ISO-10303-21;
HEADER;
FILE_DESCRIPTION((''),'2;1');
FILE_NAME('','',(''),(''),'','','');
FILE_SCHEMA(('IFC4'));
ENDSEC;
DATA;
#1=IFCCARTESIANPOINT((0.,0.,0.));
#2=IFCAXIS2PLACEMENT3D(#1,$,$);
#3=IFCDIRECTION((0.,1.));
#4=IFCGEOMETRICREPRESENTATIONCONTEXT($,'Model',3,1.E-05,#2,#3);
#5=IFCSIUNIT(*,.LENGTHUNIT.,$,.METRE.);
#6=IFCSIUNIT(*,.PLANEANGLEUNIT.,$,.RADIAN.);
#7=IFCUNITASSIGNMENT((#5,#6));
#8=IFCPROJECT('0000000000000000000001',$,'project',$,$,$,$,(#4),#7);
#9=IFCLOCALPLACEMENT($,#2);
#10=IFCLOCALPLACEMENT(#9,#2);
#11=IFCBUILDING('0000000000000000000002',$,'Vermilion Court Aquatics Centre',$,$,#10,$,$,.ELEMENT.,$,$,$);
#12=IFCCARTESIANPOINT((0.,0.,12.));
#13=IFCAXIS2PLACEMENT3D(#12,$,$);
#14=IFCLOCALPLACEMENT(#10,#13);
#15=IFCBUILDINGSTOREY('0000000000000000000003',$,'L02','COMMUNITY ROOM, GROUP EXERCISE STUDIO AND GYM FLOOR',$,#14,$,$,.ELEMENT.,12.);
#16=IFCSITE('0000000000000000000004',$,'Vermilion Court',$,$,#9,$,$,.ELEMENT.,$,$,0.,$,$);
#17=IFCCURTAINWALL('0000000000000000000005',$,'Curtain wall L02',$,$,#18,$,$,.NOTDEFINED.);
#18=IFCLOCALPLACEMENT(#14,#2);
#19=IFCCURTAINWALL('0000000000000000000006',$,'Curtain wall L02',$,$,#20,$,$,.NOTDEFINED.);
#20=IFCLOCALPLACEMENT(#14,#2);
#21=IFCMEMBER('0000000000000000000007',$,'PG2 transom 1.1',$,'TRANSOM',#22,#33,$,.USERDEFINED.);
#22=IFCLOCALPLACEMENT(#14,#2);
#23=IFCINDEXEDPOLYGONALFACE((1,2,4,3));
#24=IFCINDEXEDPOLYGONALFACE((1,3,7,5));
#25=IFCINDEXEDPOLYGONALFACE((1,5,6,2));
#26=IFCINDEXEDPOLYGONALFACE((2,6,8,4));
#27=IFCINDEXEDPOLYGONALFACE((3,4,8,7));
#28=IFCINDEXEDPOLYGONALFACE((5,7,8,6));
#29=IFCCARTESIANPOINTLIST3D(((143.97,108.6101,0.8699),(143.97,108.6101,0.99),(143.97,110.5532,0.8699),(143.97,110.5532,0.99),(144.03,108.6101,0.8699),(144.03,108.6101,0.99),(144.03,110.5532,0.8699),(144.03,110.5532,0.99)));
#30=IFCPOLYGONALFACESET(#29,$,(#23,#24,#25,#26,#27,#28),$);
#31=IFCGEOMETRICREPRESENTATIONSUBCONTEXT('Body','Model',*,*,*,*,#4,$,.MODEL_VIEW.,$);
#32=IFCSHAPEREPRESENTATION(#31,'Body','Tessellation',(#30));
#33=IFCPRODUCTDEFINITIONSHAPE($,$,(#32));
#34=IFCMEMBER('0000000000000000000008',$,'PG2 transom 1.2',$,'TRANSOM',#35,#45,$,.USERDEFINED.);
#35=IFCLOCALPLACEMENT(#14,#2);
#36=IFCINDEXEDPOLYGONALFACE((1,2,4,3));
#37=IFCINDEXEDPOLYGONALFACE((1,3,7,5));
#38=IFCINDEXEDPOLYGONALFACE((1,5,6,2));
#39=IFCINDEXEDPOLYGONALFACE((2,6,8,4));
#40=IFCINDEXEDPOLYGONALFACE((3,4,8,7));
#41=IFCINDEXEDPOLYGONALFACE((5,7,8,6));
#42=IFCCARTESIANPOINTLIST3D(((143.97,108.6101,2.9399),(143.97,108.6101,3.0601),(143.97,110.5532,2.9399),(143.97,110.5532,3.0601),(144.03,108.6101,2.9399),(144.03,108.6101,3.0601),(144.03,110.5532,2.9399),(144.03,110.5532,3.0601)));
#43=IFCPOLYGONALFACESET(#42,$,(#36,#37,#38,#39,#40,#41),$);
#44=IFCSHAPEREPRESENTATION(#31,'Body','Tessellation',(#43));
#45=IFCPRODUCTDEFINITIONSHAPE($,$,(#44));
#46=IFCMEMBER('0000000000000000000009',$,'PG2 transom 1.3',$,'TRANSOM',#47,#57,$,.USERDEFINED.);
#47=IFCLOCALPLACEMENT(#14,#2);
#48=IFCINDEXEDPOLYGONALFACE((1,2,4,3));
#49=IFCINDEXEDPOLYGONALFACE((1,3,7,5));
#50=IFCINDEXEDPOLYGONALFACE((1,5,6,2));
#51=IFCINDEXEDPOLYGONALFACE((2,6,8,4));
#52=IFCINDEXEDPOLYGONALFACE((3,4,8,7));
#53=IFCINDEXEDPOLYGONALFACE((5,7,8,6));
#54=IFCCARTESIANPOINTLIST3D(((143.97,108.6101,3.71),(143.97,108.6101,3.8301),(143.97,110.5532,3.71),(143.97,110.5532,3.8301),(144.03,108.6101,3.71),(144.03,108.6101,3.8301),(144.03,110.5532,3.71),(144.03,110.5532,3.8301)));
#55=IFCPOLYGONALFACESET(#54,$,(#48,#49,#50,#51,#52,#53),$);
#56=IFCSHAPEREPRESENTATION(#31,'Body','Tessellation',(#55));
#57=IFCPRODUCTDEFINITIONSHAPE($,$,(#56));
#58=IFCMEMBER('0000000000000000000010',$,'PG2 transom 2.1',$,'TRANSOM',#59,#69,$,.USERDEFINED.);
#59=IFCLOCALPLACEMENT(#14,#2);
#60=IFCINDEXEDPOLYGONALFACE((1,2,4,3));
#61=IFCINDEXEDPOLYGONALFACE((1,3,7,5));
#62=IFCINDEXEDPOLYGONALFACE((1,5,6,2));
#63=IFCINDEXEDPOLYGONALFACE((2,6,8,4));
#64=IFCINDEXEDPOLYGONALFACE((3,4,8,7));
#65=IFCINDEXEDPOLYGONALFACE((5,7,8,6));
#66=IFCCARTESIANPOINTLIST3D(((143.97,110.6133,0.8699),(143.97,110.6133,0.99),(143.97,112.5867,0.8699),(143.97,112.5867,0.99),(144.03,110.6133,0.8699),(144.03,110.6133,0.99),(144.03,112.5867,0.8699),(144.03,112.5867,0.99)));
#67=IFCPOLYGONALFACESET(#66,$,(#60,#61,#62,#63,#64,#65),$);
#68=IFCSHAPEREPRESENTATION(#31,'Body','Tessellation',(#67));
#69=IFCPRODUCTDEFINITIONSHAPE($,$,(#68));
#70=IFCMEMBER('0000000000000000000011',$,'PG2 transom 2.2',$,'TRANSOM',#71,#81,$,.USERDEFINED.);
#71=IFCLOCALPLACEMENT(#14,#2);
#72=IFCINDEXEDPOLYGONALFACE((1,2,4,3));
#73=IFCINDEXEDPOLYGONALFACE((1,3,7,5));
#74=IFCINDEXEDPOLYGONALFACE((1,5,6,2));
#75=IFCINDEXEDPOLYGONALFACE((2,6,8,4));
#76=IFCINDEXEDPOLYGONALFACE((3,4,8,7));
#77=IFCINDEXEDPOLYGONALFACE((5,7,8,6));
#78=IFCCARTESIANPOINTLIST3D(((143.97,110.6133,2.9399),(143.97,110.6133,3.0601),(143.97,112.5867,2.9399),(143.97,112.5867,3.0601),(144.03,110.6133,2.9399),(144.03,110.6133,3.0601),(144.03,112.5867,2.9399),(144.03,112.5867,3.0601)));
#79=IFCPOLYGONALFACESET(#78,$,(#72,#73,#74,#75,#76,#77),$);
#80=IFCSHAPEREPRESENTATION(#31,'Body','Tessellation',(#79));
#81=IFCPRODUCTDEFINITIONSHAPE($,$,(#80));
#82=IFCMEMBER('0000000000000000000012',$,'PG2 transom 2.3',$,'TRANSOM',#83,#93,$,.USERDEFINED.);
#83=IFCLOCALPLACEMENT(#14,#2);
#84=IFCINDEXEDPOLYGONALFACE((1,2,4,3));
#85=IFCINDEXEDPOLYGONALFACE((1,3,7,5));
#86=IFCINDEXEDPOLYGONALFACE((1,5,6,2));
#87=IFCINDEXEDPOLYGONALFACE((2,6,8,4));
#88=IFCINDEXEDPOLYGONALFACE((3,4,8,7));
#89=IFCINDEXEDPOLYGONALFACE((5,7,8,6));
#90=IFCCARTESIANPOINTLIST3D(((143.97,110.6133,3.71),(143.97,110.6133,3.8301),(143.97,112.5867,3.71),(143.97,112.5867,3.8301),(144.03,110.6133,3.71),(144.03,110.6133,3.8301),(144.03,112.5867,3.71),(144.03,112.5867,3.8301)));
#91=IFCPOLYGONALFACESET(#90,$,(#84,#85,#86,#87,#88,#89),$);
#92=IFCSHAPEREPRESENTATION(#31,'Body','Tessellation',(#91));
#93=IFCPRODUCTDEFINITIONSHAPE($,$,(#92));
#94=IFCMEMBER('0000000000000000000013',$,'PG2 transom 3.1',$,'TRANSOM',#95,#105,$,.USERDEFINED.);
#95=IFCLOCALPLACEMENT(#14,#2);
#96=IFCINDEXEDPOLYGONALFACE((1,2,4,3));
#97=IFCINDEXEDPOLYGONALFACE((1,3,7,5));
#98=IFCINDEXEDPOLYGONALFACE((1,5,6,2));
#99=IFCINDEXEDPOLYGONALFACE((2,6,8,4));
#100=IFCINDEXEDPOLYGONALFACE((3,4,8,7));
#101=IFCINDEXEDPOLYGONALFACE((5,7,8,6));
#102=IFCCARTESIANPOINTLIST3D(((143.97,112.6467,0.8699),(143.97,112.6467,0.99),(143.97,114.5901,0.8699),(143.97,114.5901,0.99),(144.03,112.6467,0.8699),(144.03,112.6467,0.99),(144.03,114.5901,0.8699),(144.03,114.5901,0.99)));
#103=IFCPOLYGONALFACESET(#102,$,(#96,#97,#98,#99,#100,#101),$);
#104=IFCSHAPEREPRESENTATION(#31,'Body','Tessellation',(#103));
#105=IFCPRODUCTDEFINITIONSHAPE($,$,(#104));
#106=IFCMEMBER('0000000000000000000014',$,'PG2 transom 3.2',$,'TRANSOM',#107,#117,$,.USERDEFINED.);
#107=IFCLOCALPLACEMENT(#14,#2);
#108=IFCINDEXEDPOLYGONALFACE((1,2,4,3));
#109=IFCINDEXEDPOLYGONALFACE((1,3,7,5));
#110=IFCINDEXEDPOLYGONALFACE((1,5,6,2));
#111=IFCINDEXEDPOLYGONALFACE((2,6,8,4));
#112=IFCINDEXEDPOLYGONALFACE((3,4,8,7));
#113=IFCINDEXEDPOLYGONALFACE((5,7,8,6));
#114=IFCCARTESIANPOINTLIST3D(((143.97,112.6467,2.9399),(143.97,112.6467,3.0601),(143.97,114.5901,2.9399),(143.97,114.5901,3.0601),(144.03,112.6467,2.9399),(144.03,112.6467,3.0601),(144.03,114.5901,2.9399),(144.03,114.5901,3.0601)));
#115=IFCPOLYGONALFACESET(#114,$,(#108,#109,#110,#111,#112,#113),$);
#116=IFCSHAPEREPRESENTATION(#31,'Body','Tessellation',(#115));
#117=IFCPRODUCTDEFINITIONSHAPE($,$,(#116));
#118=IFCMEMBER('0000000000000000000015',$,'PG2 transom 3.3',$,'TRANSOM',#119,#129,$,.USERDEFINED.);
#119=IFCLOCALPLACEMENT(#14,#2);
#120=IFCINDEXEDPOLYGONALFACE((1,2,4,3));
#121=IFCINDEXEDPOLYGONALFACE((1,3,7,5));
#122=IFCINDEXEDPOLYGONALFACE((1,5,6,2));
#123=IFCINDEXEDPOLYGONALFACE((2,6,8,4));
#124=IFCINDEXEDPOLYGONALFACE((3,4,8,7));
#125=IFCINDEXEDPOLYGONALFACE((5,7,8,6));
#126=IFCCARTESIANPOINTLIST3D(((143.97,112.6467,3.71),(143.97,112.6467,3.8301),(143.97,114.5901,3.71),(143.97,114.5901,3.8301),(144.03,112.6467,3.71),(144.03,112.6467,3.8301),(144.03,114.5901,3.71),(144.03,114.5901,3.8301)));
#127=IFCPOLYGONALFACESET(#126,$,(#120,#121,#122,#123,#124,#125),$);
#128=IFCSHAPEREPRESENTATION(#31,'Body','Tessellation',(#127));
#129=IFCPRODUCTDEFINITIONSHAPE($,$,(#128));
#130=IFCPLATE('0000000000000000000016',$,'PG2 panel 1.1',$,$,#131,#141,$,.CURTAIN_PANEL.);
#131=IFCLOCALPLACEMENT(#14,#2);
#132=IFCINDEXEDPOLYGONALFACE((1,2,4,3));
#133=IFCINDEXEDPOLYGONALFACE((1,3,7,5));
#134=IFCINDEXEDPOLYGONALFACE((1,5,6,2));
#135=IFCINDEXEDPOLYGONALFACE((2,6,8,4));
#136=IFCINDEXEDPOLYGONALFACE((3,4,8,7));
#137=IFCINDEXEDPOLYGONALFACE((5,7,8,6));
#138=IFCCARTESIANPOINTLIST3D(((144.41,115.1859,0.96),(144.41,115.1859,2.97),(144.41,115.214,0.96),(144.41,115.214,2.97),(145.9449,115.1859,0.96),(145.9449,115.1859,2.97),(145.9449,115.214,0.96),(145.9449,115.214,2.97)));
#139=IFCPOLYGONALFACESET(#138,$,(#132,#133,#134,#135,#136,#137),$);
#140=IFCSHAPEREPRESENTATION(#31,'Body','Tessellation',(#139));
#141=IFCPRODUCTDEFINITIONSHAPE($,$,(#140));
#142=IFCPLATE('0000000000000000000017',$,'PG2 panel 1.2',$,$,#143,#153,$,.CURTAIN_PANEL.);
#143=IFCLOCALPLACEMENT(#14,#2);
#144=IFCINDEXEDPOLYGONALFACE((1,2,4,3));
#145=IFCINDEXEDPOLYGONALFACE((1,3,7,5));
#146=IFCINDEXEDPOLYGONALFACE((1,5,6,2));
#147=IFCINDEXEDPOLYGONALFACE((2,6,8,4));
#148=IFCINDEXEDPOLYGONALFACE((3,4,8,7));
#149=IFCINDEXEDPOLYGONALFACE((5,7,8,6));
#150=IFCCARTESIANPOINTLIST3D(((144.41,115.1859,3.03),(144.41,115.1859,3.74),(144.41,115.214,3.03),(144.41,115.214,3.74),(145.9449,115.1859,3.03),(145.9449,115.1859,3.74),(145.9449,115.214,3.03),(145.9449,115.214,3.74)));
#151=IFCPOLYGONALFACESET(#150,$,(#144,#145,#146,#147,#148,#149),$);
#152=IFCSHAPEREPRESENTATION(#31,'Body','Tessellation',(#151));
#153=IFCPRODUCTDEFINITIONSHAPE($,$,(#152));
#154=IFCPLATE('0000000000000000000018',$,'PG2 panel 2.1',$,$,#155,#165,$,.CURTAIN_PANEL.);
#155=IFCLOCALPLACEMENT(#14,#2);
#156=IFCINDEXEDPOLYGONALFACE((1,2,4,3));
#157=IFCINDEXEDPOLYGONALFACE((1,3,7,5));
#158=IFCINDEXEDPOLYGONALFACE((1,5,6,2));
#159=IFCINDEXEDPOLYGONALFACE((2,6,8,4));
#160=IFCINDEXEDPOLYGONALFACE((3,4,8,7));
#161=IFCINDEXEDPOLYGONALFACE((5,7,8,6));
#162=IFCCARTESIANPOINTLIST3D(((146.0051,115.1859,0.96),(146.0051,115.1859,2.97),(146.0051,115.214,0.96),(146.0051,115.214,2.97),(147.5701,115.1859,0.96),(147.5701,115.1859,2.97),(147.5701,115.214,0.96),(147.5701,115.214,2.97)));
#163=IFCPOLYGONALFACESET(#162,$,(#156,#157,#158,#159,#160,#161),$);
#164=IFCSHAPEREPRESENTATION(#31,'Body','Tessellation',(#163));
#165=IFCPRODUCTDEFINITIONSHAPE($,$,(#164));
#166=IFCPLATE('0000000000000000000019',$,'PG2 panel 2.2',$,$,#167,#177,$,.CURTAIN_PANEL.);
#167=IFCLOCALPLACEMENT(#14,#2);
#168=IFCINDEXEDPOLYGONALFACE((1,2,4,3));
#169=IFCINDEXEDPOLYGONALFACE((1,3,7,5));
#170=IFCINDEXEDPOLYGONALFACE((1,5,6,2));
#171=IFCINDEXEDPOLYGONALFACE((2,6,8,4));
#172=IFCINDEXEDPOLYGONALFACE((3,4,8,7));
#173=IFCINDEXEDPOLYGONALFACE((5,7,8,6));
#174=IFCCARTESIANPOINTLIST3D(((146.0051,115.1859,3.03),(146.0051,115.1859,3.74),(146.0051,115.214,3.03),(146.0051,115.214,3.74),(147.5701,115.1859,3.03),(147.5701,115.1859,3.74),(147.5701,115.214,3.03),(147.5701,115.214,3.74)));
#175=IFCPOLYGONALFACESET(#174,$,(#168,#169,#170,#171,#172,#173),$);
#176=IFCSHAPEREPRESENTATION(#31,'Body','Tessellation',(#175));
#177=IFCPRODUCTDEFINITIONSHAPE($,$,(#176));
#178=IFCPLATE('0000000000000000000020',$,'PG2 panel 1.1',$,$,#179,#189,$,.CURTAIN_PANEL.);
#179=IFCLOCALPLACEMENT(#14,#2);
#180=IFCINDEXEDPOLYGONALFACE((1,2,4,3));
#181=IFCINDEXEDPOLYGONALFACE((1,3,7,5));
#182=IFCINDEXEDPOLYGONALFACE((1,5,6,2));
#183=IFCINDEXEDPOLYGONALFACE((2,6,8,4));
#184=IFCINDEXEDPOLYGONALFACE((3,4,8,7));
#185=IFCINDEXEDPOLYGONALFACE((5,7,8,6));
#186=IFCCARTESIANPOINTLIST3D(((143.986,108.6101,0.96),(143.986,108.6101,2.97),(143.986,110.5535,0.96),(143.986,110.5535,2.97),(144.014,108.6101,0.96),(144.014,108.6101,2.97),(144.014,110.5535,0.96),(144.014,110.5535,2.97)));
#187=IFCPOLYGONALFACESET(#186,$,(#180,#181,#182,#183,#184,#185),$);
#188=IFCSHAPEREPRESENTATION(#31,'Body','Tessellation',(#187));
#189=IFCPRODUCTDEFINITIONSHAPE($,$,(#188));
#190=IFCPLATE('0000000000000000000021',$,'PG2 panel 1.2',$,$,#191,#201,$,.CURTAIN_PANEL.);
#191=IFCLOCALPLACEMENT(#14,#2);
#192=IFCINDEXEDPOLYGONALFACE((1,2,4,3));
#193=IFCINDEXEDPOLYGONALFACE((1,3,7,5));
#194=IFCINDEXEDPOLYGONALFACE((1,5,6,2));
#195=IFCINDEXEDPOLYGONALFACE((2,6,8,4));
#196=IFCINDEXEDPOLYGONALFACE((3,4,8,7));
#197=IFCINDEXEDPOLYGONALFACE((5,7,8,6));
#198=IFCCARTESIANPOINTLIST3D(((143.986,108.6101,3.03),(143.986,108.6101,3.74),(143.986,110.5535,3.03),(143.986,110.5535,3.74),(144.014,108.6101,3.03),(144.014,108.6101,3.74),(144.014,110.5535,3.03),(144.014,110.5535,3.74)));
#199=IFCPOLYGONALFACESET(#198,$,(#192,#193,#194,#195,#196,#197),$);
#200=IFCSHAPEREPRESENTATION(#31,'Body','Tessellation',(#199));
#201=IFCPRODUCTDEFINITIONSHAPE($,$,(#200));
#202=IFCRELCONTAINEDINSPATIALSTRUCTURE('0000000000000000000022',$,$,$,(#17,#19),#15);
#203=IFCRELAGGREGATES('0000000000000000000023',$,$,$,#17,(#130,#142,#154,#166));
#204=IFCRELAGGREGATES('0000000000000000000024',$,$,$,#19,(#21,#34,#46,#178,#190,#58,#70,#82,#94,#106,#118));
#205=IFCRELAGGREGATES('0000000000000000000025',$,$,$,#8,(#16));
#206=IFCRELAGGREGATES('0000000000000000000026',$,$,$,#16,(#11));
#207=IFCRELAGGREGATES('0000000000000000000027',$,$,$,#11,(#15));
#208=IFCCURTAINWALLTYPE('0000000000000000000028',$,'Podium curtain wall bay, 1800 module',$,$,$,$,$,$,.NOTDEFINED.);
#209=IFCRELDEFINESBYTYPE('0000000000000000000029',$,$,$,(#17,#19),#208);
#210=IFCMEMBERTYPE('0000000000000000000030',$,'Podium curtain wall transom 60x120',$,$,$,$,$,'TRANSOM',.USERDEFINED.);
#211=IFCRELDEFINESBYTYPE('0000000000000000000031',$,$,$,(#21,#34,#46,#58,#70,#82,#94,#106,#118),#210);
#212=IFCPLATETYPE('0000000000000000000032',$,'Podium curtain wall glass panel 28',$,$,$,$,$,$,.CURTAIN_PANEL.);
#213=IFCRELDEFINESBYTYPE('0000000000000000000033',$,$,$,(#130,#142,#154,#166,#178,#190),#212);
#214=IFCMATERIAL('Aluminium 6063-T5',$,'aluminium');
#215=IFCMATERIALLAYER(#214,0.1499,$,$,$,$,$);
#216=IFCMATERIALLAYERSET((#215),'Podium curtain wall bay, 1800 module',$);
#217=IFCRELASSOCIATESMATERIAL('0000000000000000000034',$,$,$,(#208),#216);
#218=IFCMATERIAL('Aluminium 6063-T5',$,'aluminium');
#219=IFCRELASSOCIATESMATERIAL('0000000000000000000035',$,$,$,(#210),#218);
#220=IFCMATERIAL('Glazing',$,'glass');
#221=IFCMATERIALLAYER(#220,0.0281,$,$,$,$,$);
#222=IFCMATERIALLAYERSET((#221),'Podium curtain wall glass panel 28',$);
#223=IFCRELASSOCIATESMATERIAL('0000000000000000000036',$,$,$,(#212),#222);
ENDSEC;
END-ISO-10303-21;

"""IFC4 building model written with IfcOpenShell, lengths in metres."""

from ifc_helpers import new_model, si_unit, direction, frame, origin, origin_2d, place, context, subcontext, project, spatial, rectangle, extrude, material, layer, layer_set, material_profile, profile_set, type_object, element, aggregate, save


model = new_model("IFC4")

# Units and contexts
model_context = context("Model", 3, precision=1e-05, world=origin(), true_north=direction((0.0, 1.0)))
body_context = subcontext(model_context, "Body", "Model", "MODEL_VIEW")
ifc_project = project(units=[si_unit("LENGTHUNIT", "METRE"), si_unit("PLANEANGLEUNIT", "RADIAN")], contexts=[model_context])

# Site, building, storey
site_placement = place(None, origin())
site = spatial("IfcSite", under=ifc_project, at=site_placement, Name="Vermilion Court", CompositionType="ELEMENT", RefElevation=0.0)
building_placement = place(site_placement, origin())
building = spatial("IfcBuilding", under=site, at=building_placement, Name="Vermilion Court Aquatics Centre", CompositionType="ELEMENT")
storey_placement = place(building_placement, frame((0.0, 0.0, 12.0)))
storey = spatial("IfcBuildingStorey", under=building, at=storey_placement, Name="L02", Description="COMMUNITY ROOM, GROUP EXERCISE STUDIO AND GYM FLOOR", CompositionType="ELEMENT", Elevation=12.0)

# Curtain walls
ifc_material_1 = material(Name="Aluminium 6063-T5", Category="aluminium")
ifc_layer_1 = layer(ifc_material_1, 0.1499)
ifc_layer_set_1 = layer_set([ifc_layer_1], Name="Podium curtain wall bay, 1800 module")
curtain_wall_type = type_object("IfcCurtainWallType", Name="Podium curtain wall bay, 1800 module", PredefinedType="NOTDEFINED", material=ifc_layer_set_1)
curtain_wall_1_placement = place(storey_placement, origin())
curtain_wall_1 = element("IfcCurtainWall", 1, at=curtain_wall_1_placement, inside=storey, type_object=curtain_wall_type, Name="Curtain wall L02", PredefinedType="NOTDEFINED")
curtain_wall_2_placement = place(storey_placement, origin())
curtain_wall_2 = element("IfcCurtainWall", 2, at=curtain_wall_2_placement, inside=storey, type_object=curtain_wall_type, Name="Curtain wall L02", PredefinedType="NOTDEFINED")

# Members
ifc_material_2 = material(Name="Aluminium 6063-T5", Category="aluminium")
ifc_material_profile_1 = material_profile(ifc_material_2, rectangle(XDim=0.0601, YDim=0.1201, at=origin_2d()), Name="Transom 60x120")
ifc_profile_set_1 = profile_set([ifc_material_profile_1], Name="Aluminium 6063-T5")
member_type_1 = type_object("IfcMemberType", Name="Podium curtain wall transom 60x120", ElementType="TRANSOM", PredefinedType="USERDEFINED", material=ifc_profile_set_1)
member_1_placement = place(storey_placement, frame((144.0, 108.6101, 0.9299), z_axis=(0.0, 1.0, 0.0), x_axis=(-1.0, 0.0, 0.0)))
member_1 = element("IfcMember", 3, at=member_1_placement, type_object=member_type_1, Name="PG2 transom 1.1", ObjectType="TRANSOM", PredefinedType="USERDEFINED", context=body_context, shape_type="SweptSolid", body=[
    extrude(rectangle(XDim=0.0601, YDim=0.1201, at=origin_2d()), origin(), (0.0, 0.0, 1.0), 1.9431),
])
member_2_placement = place(storey_placement, frame((144.0, 108.6101, 3.0), z_axis=(0.0, 1.0, 0.0), x_axis=(-1.0, 0.0, 0.0)))
member_2 = element("IfcMember", 4, at=member_2_placement, type_object=member_type_1, Name="PG2 transom 1.2", ObjectType="TRANSOM", PredefinedType="USERDEFINED", context=body_context, shape_type="SweptSolid", body=[
    extrude(rectangle(XDim=0.0601, YDim=0.1201, at=origin_2d()), origin(), (0.0, 0.0, 1.0), 1.9431),
])
member_3_placement = place(storey_placement, frame((144.0, 108.6101, 3.77), z_axis=(0.0, 1.0, 0.0), x_axis=(-1.0, 0.0, 0.0)))
member_3 = element("IfcMember", 5, at=member_3_placement, type_object=member_type_1, Name="PG2 transom 1.3", ObjectType="TRANSOM", PredefinedType="USERDEFINED", context=body_context, shape_type="SweptSolid", body=[
    extrude(rectangle(XDim=0.0601, YDim=0.1201, at=origin_2d()), origin(), (0.0, 0.0, 1.0), 1.9431),
])
member_4_placement = place(storey_placement, frame((144.0, 110.6133, 0.9299), z_axis=(0.0, 1.0, 0.0), x_axis=(-1.0, 0.0, 0.0)))
member_4 = element("IfcMember", 6, at=member_4_placement, type_object=member_type_1, Name="PG2 transom 2.1", ObjectType="TRANSOM", PredefinedType="USERDEFINED", context=body_context, shape_type="SweptSolid", body=[
    extrude(rectangle(XDim=0.0601, YDim=0.1201, at=origin_2d()), origin(), (0.0, 0.0, 1.0), 1.9734),
])
member_5_placement = place(storey_placement, frame((144.0, 110.6133, 3.0), z_axis=(0.0, 1.0, 0.0), x_axis=(-1.0, 0.0, 0.0)))
member_5 = element("IfcMember", 7, at=member_5_placement, type_object=member_type_1, Name="PG2 transom 2.2", ObjectType="TRANSOM", PredefinedType="USERDEFINED", context=body_context, shape_type="SweptSolid", body=[
    extrude(rectangle(XDim=0.0601, YDim=0.1201, at=origin_2d()), origin(), (0.0, 0.0, 1.0), 1.9734),
])
member_6_placement = place(storey_placement, frame((144.0, 110.6133, 3.77), z_axis=(0.0, 1.0, 0.0), x_axis=(-1.0, 0.0, 0.0)))
member_6 = element("IfcMember", 8, at=member_6_placement, type_object=member_type_1, Name="PG2 transom 2.3", ObjectType="TRANSOM", PredefinedType="USERDEFINED", context=body_context, shape_type="SweptSolid", body=[
    extrude(rectangle(XDim=0.0601, YDim=0.1201, at=origin_2d()), origin(), (0.0, 0.0, 1.0), 1.9734),
])
member_7_placement = place(storey_placement, frame((144.0, 112.6467, 0.9299), z_axis=(0.0, 1.0, 0.0), x_axis=(-1.0, 0.0, 0.0)))
member_7 = element("IfcMember", 9, at=member_7_placement, type_object=member_type_1, Name="PG2 transom 3.1", ObjectType="TRANSOM", PredefinedType="USERDEFINED", context=body_context, shape_type="SweptSolid", body=[
    extrude(rectangle(XDim=0.0601, YDim=0.1201, at=origin_2d()), origin(), (0.0, 0.0, 1.0), 1.9434),
])
member_8_placement = place(storey_placement, frame((144.0, 112.6467, 3.0), z_axis=(0.0, 1.0, 0.0), x_axis=(-1.0, 0.0, 0.0)))
member_8 = element("IfcMember", 10, at=member_8_placement, type_object=member_type_1, Name="PG2 transom 3.2", ObjectType="TRANSOM", PredefinedType="USERDEFINED", context=body_context, shape_type="SweptSolid", body=[
    extrude(rectangle(XDim=0.0601, YDim=0.1201, at=origin_2d()), origin(), (0.0, 0.0, 1.0), 1.9434),
])
member_9_placement = place(storey_placement, frame((144.0, 112.6467, 3.77), z_axis=(0.0, 1.0, 0.0), x_axis=(-1.0, 0.0, 0.0)))
member_9 = element("IfcMember", 11, at=member_9_placement, type_object=member_type_1, Name="PG2 transom 3.3", ObjectType="TRANSOM", PredefinedType="USERDEFINED", context=body_context, shape_type="SweptSolid", body=[
    extrude(rectangle(XDim=0.0601, YDim=0.1201, at=origin_2d()), origin(), (0.0, 0.0, 1.0), 1.9434),
])

# Plates
ifc_material_3 = material(Name="Glazing", Category="glass")
ifc_layer_2 = layer(ifc_material_3, 0.0281)
ifc_layer_set_2 = layer_set([ifc_layer_2], Name="Podium curtain wall glass panel 28")
plate_type = type_object("IfcPlateType", Name="Podium curtain wall glass panel 28", PredefinedType="CURTAIN_PANEL", material=ifc_layer_set_2)
plate_1_placement = place(storey_placement, frame((145.1775, 115.2, 0.96), z_axis=(0.0, 0.0, 1.0), x_axis=(1.0, 0.0, 0.0)))
plate_1 = element("IfcPlate", 12, at=plate_1_placement, type_object=plate_type, Name="PG2 panel 1.1", PredefinedType="CURTAIN_PANEL", context=body_context, shape_type="SweptSolid", body=[
    extrude(rectangle(XDim=1.5349, YDim=0.0281, at=origin_2d()), origin(), (0.0, 0.0, 1.0), 2.01),
])
plate_2_placement = place(storey_placement, frame((145.1775, 115.2, 3.03), z_axis=(0.0, 0.0, 1.0), x_axis=(1.0, 0.0, 0.0)))
plate_2 = element("IfcPlate", 13, at=plate_2_placement, type_object=plate_type, Name="PG2 panel 1.2", PredefinedType="CURTAIN_PANEL", context=body_context, shape_type="SweptSolid", body=[
    extrude(rectangle(XDim=1.5349, YDim=0.0281, at=origin_2d()), origin(), (0.0, 0.0, 1.0), 0.71),
])
plate_3_placement = place(storey_placement, frame((146.7876, 115.2, 0.96), z_axis=(0.0, 0.0, 1.0), x_axis=(1.0, 0.0, 0.0)))
plate_3 = element("IfcPlate", 14, at=plate_3_placement, type_object=plate_type, Name="PG2 panel 2.1", PredefinedType="CURTAIN_PANEL", context=body_context, shape_type="SweptSolid", body=[
    extrude(rectangle(XDim=1.5649, YDim=0.0281, at=origin_2d()), origin(), (0.0, 0.0, 1.0), 2.01),
])
plate_4_placement = place(storey_placement, frame((146.7876, 115.2, 3.03), z_axis=(0.0, 0.0, 1.0), x_axis=(1.0, 0.0, 0.0)))
plate_4 = element("IfcPlate", 15, at=plate_4_placement, type_object=plate_type, Name="PG2 panel 2.2", PredefinedType="CURTAIN_PANEL", context=body_context, shape_type="SweptSolid", body=[
    extrude(rectangle(XDim=1.5649, YDim=0.0281, at=origin_2d()), origin(), (0.0, 0.0, 1.0), 0.71),
])
aggregate(curtain_wall_1, [plate_1, plate_2, plate_3, plate_4])
plate_5_placement = place(storey_placement, frame((144.0, 109.5818, 0.96), z_axis=(0.0, 0.0, 1.0), x_axis=(0.0, 1.0, 0.0)))
plate_5 = element("IfcPlate", 16, at=plate_5_placement, type_object=plate_type, Name="PG2 panel 1.1", PredefinedType="CURTAIN_PANEL", context=body_context, shape_type="SweptSolid", body=[
    extrude(rectangle(XDim=1.9434, YDim=0.0281, at=origin_2d()), origin(), (0.0, 0.0, 1.0), 2.01),
])
plate_6_placement = place(storey_placement, frame((144.0, 109.5818, 3.03), z_axis=(0.0, 0.0, 1.0), x_axis=(0.0, 1.0, 0.0)))
plate_6 = element("IfcPlate", 17, at=plate_6_placement, type_object=plate_type, Name="PG2 panel 1.2", PredefinedType="CURTAIN_PANEL", context=body_context, shape_type="SweptSolid", body=[
    extrude(rectangle(XDim=1.9434, YDim=0.0281, at=origin_2d()), origin(), (0.0, 0.0, 1.0), 0.71),
])
aggregate(curtain_wall_2, [member_1, member_2, member_3, plate_5, plate_6, member_4, member_5, member_6, member_7, member_8, member_9])

save(model, "model.ifc")
